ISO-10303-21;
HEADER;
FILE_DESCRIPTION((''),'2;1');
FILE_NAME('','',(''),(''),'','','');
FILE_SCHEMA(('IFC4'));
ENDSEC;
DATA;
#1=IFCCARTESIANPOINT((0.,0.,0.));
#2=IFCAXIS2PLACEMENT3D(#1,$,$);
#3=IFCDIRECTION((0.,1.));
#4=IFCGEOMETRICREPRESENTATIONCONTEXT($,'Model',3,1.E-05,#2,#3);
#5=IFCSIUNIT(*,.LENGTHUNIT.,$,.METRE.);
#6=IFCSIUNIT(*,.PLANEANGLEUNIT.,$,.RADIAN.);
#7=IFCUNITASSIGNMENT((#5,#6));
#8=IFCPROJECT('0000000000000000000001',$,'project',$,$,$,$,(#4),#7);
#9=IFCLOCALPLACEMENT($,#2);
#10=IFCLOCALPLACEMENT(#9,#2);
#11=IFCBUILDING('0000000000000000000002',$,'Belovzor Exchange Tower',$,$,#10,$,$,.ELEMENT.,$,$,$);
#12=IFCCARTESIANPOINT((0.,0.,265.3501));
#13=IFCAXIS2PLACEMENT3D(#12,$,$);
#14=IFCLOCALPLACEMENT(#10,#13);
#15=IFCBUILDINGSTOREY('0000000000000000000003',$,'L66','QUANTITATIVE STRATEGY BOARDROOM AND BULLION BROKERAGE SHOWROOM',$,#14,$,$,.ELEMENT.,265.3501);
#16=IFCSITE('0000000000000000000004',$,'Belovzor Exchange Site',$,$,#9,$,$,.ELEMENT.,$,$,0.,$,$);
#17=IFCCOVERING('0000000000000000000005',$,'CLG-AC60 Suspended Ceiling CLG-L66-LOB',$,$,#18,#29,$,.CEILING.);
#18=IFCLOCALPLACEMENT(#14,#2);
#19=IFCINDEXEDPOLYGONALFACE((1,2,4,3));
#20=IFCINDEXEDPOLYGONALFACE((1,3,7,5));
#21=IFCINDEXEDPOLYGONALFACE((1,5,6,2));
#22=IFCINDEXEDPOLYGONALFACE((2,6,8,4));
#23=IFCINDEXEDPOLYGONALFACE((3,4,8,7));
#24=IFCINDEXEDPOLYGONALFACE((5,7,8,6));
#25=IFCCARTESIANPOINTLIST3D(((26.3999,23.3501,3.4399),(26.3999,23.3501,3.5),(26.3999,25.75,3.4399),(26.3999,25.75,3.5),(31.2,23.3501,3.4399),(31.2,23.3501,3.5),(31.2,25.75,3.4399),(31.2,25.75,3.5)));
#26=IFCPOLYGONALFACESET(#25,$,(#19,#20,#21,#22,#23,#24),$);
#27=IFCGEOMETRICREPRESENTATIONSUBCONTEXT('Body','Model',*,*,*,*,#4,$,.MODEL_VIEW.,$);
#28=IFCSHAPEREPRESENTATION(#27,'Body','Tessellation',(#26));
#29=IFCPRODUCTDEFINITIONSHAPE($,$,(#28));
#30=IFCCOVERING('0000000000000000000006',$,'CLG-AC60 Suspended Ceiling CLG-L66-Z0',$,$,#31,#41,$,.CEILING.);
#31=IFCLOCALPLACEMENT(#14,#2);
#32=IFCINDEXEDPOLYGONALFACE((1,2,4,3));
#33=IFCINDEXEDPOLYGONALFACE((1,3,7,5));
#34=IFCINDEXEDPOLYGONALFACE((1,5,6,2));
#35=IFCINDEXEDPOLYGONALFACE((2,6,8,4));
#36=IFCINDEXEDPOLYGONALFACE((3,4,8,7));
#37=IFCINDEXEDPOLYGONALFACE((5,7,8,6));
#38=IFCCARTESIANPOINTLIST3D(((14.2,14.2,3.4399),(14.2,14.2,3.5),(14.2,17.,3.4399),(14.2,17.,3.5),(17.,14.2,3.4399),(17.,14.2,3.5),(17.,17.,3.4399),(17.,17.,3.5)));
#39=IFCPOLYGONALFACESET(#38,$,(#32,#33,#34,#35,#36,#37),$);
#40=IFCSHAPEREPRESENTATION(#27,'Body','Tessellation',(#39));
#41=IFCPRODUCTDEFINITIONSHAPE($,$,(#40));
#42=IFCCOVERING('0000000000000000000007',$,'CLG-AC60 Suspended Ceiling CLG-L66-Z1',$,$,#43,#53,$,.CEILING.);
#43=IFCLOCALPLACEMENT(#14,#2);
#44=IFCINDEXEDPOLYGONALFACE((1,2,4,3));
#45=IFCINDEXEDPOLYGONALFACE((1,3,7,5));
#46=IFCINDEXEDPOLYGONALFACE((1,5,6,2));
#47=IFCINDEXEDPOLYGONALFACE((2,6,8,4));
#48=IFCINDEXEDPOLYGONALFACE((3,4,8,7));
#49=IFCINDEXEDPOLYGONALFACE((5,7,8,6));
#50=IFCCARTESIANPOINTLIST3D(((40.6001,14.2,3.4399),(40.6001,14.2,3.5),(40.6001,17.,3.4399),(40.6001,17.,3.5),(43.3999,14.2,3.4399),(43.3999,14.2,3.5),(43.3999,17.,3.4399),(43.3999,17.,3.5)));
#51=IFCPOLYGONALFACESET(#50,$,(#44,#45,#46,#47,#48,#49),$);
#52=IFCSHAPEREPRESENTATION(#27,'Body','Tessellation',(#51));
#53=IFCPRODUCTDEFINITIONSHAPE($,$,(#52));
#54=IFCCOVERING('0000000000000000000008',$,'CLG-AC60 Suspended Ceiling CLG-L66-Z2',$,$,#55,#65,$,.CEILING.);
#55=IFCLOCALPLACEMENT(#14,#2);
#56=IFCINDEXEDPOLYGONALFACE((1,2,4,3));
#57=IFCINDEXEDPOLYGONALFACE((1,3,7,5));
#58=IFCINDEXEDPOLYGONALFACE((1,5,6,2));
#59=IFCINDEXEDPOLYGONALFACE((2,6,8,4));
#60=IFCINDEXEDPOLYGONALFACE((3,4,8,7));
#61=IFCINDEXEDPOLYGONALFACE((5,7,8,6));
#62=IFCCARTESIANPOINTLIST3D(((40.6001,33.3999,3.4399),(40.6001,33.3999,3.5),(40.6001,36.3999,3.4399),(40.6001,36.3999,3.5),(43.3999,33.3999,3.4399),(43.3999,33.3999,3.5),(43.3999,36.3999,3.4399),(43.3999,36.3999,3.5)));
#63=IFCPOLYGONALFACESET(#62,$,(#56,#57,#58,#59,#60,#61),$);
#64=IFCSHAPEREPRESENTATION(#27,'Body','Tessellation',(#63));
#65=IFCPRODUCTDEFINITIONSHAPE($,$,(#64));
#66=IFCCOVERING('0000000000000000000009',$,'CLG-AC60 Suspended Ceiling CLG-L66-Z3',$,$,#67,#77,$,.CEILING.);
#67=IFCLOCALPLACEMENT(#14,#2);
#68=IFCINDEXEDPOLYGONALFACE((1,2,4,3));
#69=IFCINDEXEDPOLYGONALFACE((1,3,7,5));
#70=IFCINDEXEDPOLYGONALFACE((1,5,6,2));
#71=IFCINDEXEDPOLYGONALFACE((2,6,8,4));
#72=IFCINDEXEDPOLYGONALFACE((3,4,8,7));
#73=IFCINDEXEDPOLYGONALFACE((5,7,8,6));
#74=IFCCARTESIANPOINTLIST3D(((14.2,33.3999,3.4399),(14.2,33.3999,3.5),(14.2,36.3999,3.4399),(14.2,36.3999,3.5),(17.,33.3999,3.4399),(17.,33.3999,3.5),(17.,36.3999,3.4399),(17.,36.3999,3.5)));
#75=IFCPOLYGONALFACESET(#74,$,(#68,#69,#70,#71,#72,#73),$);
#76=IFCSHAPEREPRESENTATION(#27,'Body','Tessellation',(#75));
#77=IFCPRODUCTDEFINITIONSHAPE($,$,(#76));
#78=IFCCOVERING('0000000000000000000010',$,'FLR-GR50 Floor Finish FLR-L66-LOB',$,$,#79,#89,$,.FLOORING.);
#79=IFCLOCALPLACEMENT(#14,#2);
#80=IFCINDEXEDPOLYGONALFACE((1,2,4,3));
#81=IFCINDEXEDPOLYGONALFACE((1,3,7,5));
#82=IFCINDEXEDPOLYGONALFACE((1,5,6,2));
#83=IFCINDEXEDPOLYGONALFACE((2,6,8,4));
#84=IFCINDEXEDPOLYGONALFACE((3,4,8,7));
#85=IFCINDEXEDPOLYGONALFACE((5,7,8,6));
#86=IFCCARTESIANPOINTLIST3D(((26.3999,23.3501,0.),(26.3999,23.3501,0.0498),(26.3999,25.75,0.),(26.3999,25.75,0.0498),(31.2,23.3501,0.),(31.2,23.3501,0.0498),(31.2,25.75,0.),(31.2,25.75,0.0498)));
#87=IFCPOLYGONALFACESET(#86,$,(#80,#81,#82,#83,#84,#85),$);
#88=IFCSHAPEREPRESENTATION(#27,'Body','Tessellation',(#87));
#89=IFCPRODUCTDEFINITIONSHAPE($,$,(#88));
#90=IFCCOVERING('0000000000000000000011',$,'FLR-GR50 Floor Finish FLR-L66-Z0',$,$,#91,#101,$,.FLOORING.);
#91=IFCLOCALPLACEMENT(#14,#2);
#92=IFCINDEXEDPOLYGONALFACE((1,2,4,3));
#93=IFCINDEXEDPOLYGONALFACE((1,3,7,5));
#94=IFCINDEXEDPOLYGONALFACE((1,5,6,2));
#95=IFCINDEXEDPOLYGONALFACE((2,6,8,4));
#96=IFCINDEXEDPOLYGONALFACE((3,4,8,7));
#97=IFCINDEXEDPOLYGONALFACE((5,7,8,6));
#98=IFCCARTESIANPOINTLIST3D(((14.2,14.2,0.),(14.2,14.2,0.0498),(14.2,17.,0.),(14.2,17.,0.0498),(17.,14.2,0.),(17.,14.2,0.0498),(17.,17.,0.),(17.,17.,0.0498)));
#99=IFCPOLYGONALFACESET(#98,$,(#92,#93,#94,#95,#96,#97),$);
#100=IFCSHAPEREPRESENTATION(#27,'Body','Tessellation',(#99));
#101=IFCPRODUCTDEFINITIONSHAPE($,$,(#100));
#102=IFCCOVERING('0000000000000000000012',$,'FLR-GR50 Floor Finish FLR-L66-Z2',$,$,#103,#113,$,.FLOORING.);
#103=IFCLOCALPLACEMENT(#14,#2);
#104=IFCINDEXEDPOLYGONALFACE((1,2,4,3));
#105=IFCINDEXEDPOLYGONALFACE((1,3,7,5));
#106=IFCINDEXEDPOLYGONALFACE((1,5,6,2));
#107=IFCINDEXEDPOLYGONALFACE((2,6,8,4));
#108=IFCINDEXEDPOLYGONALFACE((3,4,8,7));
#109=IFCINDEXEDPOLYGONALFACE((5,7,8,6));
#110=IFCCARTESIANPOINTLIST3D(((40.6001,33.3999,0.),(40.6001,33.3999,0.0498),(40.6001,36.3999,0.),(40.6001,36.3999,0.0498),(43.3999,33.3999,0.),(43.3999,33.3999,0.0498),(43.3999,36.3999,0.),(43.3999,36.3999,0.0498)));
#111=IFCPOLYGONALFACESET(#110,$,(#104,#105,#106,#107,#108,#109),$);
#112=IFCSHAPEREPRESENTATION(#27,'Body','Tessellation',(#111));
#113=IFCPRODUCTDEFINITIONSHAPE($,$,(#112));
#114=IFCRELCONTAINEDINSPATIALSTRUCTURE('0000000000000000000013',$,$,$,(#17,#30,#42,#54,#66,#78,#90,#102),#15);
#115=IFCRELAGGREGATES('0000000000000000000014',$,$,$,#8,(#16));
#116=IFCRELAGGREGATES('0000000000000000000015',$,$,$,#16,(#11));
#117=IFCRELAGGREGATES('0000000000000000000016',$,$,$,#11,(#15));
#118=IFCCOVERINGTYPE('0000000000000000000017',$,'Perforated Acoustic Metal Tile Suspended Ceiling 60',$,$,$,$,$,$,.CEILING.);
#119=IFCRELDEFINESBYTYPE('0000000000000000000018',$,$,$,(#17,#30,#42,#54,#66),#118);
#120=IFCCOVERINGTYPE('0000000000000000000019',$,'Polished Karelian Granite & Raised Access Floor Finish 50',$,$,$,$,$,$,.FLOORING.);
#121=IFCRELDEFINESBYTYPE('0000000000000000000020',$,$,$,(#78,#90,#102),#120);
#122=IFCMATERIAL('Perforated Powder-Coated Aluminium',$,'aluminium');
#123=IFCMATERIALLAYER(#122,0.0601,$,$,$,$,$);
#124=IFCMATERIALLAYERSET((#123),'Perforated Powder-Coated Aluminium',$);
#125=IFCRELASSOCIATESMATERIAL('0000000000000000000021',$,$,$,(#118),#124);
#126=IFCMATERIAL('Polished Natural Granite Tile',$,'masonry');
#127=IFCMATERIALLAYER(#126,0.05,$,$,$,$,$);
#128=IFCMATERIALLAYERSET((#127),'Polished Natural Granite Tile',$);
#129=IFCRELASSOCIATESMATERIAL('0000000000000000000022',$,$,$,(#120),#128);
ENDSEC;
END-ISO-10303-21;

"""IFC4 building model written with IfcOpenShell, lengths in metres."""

from ifc_helpers import new_model, si_unit, direction, frame, origin, place, context, subcontext, project, spatial, polyline, outline, extrude, material, layer, layer_set, type_object, element, save


model = new_model("IFC4")

# Units and contexts
model_context = context("Model", 3, precision=1e-05, world=origin(), true_north=direction((0.0, 1.0)))
body_context = subcontext(model_context, "Body", "Model", "MODEL_VIEW")
ifc_project = project(units=[si_unit("LENGTHUNIT", "METRE"), si_unit("PLANEANGLEUNIT", "RADIAN")], contexts=[model_context])

# Site, building, storey
site_placement = place(None, origin())
site = spatial("IfcSite", under=ifc_project, at=site_placement, Name="Belovzor Exchange Site", CompositionType="ELEMENT", RefElevation=0.0)
building_placement = place(site_placement, origin())
building = spatial("IfcBuilding", under=site, at=building_placement, Name="Belovzor Exchange Tower", CompositionType="ELEMENT")
storey_placement = place(building_placement, frame((0.0, 0.0, 265.3501)))
storey = spatial("IfcBuildingStorey", under=building, at=storey_placement, Name="L66", Description="QUANTITATIVE STRATEGY BOARDROOM AND BULLION BROKERAGE SHOWROOM", CompositionType="ELEMENT", Elevation=265.3501)

# Coverings
ifc_material_1 = material(Name="Perforated Powder-Coated Aluminium", Category="aluminium")
ifc_layer_1 = layer(ifc_material_1, 0.0601)
ifc_layer_set_1 = layer_set([ifc_layer_1], Name="Perforated Powder-Coated Aluminium")
covering_type_1 = type_object("IfcCoveringType", Name="Perforated Acoustic Metal Tile Suspended Ceiling 60", PredefinedType="CEILING", material=ifc_layer_set_1)
covering_1_placement = place(storey_placement, frame((0.0, 0.0, 3.4399)))
element("IfcCovering", 1, at=covering_1_placement, inside=storey, type_object=covering_type_1, Name="CLG-AC60 Suspended Ceiling CLG-L66-LOB", PredefinedType="CEILING", context=body_context, shape_type="SweptSolid", body=[
    extrude(outline(polyline([(26.3999, 23.3501), (31.2, 23.3501), (31.2, 25.75), (26.3999, 25.75), (26.3999, 23.3501)])), origin(), (0.0, 0.0, 1.0), 0.0601),
])
covering_2_placement = place(storey_placement, frame((0.0, 0.0, 3.4399)))
element("IfcCovering", 2, at=covering_2_placement, inside=storey, type_object=covering_type_1, Name="CLG-AC60 Suspended Ceiling CLG-L66-Z0", PredefinedType="CEILING", context=body_context, shape_type="SweptSolid", body=[
    extrude(outline(polyline([(14.2, 14.2), (17.0, 14.2), (17.0, 17.0), (14.2, 17.0), (14.2, 14.2)])), origin(), (0.0, 0.0, 1.0), 0.0601),
])
covering_3_placement = place(storey_placement, frame((0.0, 0.0, 3.4399)))
element("IfcCovering", 3, at=covering_3_placement, inside=storey, type_object=covering_type_1, Name="CLG-AC60 Suspended Ceiling CLG-L66-Z1", PredefinedType="CEILING", context=body_context, shape_type="SweptSolid", body=[
    extrude(outline(polyline([(40.6001, 14.2), (43.3999, 14.2), (43.3999, 17.0), (40.6001, 17.0), (40.6001, 14.2)])), origin(), (0.0, 0.0, 1.0), 0.0601),
])
covering_4_placement = place(storey_placement, frame((0.0, 0.0, 3.4399)))
element("IfcCovering", 4, at=covering_4_placement, inside=storey, type_object=covering_type_1, Name="CLG-AC60 Suspended Ceiling CLG-L66-Z2", PredefinedType="CEILING", context=body_context, shape_type="SweptSolid", body=[
    extrude(outline(polyline([(40.6001, 33.3999), (43.3999, 33.3999), (43.3999, 36.3999), (40.6001, 36.3999), (40.6001, 33.3999)])), origin(), (0.0, 0.0, 1.0), 0.0601),
])
covering_5_placement = place(storey_placement, frame((0.0, 0.0, 3.4399)))
element("IfcCovering", 5, at=covering_5_placement, inside=storey, type_object=covering_type_1, Name="CLG-AC60 Suspended Ceiling CLG-L66-Z3", PredefinedType="CEILING", context=body_context, shape_type="SweptSolid", body=[
    extrude(outline(polyline([(14.2, 33.3999), (17.0, 33.3999), (17.0, 36.3999), (14.2, 36.3999), (14.2, 33.3999)])), origin(), (0.0, 0.0, 1.0), 0.0601),
])
ifc_material_2 = material(Name="Polished Natural Granite Tile", Category="masonry")
ifc_layer_2 = layer(ifc_material_2, 0.05)
ifc_layer_set_2 = layer_set([ifc_layer_2], Name="Polished Natural Granite Tile")
covering_type_2 = type_object("IfcCoveringType", Name="Polished Karelian Granite & Raised Access Floor Finish 50", PredefinedType="FLOORING", material=ifc_layer_set_2)
covering_6_placement = place(storey_placement, origin())
element("IfcCovering", 6, at=covering_6_placement, inside=storey, type_object=covering_type_2, Name="FLR-GR50 Floor Finish FLR-L66-LOB", PredefinedType="FLOORING", context=body_context, shape_type="SweptSolid", body=[
    extrude(outline(polyline([(26.3999, 23.3501), (31.2, 23.3501), (31.2, 25.75), (26.3999, 25.75), (26.3999, 23.3501)])), origin(), (0.0, 0.0, 1.0), 0.0498),
])
covering_7_placement = place(storey_placement, origin())
element("IfcCovering", 7, at=covering_7_placement, inside=storey, type_object=covering_type_2, Name="FLR-GR50 Floor Finish FLR-L66-Z0", PredefinedType="FLOORING", context=body_context, shape_type="SweptSolid", body=[
    extrude(outline(polyline([(14.2, 14.2), (17.0, 14.2), (17.0, 17.0), (14.2, 17.0), (14.2, 14.2)])), origin(), (0.0, 0.0, 1.0), 0.0498),
])
covering_8_placement = place(storey_placement, origin())
element("IfcCovering", 8, at=covering_8_placement, inside=storey, type_object=covering_type_2, Name="FLR-GR50 Floor Finish FLR-L66-Z2", PredefinedType="FLOORING", context=body_context, shape_type="SweptSolid", body=[
    extrude(outline(polyline([(40.6001, 33.3999), (43.3999, 33.3999), (43.3999, 36.3999), (40.6001, 36.3999), (40.6001, 33.3999)])), origin(), (0.0, 0.0, 1.0), 0.0498),
])

save(model, "model.ifc")
